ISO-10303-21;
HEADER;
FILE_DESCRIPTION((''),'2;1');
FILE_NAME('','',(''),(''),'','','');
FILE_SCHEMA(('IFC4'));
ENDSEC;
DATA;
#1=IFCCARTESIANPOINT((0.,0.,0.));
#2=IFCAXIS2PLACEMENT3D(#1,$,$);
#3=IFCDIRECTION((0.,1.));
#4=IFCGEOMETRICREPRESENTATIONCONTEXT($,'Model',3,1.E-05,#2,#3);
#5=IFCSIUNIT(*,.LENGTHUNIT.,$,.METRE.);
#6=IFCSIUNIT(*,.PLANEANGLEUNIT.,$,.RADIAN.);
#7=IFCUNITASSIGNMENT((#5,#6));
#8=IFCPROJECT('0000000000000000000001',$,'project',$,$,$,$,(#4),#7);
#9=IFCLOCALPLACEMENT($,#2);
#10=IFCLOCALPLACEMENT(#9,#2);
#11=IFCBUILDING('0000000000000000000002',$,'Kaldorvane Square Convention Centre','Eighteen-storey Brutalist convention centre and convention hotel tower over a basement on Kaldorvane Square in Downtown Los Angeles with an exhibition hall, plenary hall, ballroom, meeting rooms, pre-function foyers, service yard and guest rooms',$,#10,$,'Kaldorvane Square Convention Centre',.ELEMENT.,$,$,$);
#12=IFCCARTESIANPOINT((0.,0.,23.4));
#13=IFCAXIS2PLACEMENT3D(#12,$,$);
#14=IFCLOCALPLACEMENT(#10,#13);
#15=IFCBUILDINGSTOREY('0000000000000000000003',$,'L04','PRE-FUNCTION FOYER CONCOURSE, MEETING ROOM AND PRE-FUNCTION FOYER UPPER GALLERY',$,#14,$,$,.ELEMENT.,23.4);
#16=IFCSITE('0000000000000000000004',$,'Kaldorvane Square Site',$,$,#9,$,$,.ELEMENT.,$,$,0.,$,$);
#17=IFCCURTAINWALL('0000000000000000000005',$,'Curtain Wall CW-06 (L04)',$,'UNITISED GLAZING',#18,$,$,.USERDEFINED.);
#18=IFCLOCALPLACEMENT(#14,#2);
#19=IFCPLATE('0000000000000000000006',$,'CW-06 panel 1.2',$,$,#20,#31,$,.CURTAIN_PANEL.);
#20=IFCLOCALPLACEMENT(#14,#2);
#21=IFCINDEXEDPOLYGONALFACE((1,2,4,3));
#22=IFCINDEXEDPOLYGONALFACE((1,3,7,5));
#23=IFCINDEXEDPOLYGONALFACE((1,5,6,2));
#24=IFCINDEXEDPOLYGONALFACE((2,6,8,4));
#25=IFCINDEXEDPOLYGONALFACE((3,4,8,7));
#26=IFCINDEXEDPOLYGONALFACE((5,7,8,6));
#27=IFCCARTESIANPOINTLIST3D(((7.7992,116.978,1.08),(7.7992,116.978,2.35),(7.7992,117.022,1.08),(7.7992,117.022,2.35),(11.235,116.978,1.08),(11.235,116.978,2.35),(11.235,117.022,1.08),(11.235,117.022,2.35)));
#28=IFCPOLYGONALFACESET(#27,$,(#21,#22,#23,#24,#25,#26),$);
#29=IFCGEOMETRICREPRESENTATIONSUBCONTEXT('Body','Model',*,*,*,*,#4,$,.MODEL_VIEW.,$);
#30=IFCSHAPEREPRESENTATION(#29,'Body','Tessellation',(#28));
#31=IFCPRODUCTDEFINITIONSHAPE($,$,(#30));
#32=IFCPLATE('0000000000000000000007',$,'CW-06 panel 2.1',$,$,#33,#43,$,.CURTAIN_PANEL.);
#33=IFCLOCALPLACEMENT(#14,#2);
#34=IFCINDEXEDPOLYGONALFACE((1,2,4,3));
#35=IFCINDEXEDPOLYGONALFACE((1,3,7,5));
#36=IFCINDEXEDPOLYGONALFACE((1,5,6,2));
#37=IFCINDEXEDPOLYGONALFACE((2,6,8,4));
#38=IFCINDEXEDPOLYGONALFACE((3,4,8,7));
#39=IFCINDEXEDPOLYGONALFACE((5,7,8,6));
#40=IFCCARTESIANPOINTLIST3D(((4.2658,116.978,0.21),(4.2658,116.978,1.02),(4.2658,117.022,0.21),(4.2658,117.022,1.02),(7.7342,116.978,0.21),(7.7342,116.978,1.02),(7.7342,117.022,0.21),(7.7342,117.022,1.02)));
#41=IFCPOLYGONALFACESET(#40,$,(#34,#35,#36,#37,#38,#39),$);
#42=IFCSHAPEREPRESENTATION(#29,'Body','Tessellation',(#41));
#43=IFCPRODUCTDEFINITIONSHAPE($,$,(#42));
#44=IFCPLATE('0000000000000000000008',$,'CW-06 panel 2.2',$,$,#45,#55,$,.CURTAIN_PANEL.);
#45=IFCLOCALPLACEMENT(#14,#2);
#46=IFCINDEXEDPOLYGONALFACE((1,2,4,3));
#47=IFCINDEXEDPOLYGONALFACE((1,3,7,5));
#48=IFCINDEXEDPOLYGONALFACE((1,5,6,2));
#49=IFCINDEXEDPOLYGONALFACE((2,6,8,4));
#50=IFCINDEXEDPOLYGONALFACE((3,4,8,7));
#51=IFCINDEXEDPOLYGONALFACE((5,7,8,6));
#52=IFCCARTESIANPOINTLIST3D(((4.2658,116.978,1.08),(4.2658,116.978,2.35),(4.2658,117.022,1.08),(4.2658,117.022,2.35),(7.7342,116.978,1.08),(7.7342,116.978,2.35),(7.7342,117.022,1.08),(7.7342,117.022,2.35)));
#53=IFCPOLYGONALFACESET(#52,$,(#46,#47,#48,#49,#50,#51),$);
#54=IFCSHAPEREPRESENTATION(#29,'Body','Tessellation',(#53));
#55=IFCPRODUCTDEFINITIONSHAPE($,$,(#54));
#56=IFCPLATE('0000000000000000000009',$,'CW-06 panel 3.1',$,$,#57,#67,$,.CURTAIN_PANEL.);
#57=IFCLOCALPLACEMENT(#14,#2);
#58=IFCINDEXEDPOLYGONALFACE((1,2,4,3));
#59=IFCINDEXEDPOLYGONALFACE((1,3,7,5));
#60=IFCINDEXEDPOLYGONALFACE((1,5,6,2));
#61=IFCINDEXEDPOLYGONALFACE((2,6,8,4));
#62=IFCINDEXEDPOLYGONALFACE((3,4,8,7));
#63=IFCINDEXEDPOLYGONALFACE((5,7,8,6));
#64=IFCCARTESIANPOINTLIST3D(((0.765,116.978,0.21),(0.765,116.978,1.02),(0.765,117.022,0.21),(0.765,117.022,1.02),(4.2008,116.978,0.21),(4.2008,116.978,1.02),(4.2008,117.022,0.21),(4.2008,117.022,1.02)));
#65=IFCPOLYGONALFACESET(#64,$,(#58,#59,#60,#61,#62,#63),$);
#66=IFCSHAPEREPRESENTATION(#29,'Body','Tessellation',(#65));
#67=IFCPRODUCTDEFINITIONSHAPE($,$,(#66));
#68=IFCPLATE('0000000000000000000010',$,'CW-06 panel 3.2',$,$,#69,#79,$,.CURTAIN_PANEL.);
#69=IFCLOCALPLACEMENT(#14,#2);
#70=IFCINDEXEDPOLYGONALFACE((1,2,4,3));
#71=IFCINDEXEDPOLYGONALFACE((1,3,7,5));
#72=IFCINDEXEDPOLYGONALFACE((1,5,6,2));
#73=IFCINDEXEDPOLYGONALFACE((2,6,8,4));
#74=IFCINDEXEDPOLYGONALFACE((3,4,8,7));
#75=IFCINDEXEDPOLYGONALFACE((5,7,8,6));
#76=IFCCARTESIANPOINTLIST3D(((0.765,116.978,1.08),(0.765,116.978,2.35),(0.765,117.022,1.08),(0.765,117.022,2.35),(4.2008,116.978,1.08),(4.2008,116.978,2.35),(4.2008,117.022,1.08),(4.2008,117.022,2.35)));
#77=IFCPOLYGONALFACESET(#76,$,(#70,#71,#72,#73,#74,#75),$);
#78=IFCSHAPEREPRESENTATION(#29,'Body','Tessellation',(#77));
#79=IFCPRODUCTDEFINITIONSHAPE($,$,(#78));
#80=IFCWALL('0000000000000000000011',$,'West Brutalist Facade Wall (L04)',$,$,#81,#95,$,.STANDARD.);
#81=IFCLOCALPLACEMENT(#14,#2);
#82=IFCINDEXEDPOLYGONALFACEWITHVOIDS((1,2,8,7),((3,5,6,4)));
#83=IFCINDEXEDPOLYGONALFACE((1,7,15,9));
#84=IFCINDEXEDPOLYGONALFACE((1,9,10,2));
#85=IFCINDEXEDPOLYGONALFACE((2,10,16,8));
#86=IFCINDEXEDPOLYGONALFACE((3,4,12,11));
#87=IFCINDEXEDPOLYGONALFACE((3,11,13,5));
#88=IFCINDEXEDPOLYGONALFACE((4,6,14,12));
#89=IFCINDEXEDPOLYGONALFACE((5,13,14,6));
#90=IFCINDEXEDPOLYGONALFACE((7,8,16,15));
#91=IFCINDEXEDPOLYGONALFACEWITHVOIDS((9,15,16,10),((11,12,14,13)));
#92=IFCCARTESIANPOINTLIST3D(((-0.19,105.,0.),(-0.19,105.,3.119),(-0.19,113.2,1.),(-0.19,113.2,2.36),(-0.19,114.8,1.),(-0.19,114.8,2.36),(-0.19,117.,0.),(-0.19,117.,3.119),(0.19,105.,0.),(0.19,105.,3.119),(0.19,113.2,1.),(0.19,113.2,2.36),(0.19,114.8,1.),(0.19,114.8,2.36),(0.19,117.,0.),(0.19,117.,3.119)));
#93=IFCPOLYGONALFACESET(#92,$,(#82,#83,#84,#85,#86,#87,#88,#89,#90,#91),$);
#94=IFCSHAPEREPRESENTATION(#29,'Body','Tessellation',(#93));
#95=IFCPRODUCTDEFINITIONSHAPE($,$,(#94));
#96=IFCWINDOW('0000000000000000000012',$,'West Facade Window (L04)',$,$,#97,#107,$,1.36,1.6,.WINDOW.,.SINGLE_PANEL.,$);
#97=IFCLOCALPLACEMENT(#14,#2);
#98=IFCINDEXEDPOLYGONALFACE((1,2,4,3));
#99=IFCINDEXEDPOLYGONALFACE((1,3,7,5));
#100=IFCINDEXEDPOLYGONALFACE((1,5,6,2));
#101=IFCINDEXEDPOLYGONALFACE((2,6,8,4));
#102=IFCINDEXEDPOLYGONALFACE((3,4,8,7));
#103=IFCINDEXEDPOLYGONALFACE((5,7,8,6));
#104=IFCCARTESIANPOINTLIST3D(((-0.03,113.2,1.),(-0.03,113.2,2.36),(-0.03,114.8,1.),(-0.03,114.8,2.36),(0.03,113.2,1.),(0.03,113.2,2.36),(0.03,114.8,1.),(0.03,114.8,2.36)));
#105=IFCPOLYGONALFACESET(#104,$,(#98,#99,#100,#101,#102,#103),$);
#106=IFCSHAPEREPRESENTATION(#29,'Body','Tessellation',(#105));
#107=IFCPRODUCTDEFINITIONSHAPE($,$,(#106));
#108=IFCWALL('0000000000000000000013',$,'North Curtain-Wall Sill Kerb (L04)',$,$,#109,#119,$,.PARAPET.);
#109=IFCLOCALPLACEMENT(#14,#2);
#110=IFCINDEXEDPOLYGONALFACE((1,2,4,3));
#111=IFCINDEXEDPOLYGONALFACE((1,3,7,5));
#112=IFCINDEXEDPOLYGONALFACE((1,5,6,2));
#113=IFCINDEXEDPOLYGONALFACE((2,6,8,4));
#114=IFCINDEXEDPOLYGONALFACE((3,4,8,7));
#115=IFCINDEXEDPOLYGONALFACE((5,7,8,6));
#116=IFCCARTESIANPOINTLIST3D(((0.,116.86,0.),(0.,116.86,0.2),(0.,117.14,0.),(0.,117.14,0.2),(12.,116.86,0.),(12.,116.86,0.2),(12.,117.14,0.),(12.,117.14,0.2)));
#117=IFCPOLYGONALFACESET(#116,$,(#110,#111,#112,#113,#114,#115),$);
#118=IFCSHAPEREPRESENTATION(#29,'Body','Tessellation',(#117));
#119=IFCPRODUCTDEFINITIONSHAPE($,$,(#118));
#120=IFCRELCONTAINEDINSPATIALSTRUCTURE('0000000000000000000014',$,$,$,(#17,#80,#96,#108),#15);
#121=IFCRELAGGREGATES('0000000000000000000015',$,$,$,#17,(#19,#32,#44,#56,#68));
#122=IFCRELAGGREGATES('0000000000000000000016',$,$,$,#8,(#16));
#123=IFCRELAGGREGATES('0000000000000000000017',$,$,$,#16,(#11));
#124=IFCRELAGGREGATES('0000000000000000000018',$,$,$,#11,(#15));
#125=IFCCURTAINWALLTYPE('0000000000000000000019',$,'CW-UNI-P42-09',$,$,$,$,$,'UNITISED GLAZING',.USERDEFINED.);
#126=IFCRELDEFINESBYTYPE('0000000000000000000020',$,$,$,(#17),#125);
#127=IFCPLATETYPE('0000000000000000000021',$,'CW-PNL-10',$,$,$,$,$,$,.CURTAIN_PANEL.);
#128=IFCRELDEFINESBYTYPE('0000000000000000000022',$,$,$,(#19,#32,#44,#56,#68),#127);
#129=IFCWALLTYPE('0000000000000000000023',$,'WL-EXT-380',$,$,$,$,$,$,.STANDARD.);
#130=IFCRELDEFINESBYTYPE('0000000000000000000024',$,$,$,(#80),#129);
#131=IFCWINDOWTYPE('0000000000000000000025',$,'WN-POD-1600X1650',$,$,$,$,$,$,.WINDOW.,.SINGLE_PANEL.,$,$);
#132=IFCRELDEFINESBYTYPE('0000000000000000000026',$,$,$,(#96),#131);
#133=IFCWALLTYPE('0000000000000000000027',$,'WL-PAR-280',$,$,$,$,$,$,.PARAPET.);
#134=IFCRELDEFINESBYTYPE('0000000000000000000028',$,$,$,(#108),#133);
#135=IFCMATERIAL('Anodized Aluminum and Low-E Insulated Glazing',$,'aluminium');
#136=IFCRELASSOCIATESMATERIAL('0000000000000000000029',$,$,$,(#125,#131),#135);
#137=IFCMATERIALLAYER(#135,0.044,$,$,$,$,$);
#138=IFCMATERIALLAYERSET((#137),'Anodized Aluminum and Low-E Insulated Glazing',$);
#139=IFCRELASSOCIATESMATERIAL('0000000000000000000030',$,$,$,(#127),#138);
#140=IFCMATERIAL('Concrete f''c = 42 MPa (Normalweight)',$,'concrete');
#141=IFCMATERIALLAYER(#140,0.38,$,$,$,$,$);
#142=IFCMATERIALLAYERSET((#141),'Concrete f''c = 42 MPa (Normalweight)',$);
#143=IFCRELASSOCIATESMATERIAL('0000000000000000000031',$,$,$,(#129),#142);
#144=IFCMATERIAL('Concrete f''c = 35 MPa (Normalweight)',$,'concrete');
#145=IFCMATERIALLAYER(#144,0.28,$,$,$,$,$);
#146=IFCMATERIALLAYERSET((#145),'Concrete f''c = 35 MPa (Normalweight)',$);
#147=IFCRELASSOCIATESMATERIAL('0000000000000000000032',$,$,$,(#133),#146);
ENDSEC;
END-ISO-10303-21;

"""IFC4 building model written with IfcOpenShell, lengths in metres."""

from ifc_helpers import new_model, si_unit, direction, frame, frame_2d, origin, origin_2d, place, context, subcontext, project, spatial, rectangle, extrude, material, layer, layer_set, type_object, element, fill, aggregate, save


model = new_model("IFC4")

# Units and contexts
model_context = context("Model", 3, precision=1e-05, world=origin(), true_north=direction((0.0, 1.0)))
body_context = subcontext(model_context, "Body", "Model", "MODEL_VIEW")
ifc_project = project(units=[si_unit("LENGTHUNIT", "METRE"), si_unit("PLANEANGLEUNIT", "RADIAN")], contexts=[model_context])

# Site, building, storey
site_placement = place(None, origin())
site = spatial("IfcSite", under=ifc_project, at=site_placement, Name="Kaldorvane Square Site", CompositionType="ELEMENT", RefElevation=0.0)
building_placement = place(site_placement, origin())
building = spatial("IfcBuilding", under=site, at=building_placement, Name="Kaldorvane Square Convention Centre", Description="Eighteen-storey Brutalist convention centre and convention hotel tower over a basement on Kaldorvane Square in Downtown Los Angeles with an exhibition hall, plenary hall, ballroom, meeting rooms, pre-function foyers, service yard and guest rooms", LongName="Kaldorvane Square Convention Centre", CompositionType="ELEMENT")
storey_placement = place(building_placement, frame((0.0, 0.0, 23.4)))
storey = spatial("IfcBuildingStorey", under=building, at=storey_placement, Name="L04", Description="PRE-FUNCTION FOYER CONCOURSE, MEETING ROOM AND PRE-FUNCTION FOYER UPPER GALLERY", CompositionType="ELEMENT", Elevation=23.4)

# Shared definitions
ifc_material_1 = material(Name="Concrete f'c = 42 MPa (Normalweight)", Category="concrete")

# Curtain wall, plates
ifc_material_2 = material(Name="Anodized Aluminum and Low-E Insulated Glazing", Category="aluminium")
curtain_wall_type = type_object("IfcCurtainWallType", Name="CW-UNI-P42-09", ElementType="UNITISED GLAZING", PredefinedType="USERDEFINED", material=ifc_material_2)
curtain_wall_placement = place(storey_placement, origin())
curtain_wall = element("IfcCurtainWall", 1, at=curtain_wall_placement, inside=storey, type_object=curtain_wall_type, Name="Curtain Wall CW-06 (L04)", ObjectType="UNITISED GLAZING", PredefinedType="USERDEFINED")
ifc_layer_1 = layer(ifc_material_2, 0.044)
ifc_layer_set_1 = layer_set([ifc_layer_1], Name="Anodized Aluminum and Low-E Insulated Glazing")
plate_type = type_object("IfcPlateType", Name="CW-PNL-10", PredefinedType="CURTAIN_PANEL", material=ifc_layer_set_1)
plate_1_placement = place(storey_placement, frame((9.5171, 117.0, 1.08), z_axis=(0.0, 0.0, 1.0), x_axis=(-1.0, 0.0, 0.0)))
plate_1 = element("IfcPlate", 2, at=plate_1_placement, type_object=plate_type, Name="CW-06 panel 1.2", PredefinedType="CURTAIN_PANEL", context=body_context, shape_type="SweptSolid", body=[
    extrude(rectangle(XDim=3.4358, YDim=0.044, at=origin_2d()), origin(), (0.0, 0.0, 1.0), 1.27),
])
plate_2_placement = place(storey_placement, frame((6.0, 117.0, 0.21), z_axis=(0.0, 0.0, 1.0), x_axis=(-1.0, 0.0, 0.0)))
plate_2 = element("IfcPlate", 3, at=plate_2_placement, type_object=plate_type, Name="CW-06 panel 2.1", PredefinedType="CURTAIN_PANEL", context=body_context, shape_type="SweptSolid", body=[
    extrude(rectangle(XDim=3.4683, YDim=0.044, at=origin_2d()), origin(), (0.0, 0.0, 1.0), 0.81),
])
plate_3_placement = place(storey_placement, frame((6.0, 117.0, 1.08), z_axis=(0.0, 0.0, 1.0), x_axis=(-1.0, 0.0, 0.0)))
plate_3 = element("IfcPlate", 4, at=plate_3_placement, type_object=plate_type, Name="CW-06 panel 2.2", PredefinedType="CURTAIN_PANEL", context=body_context, shape_type="SweptSolid", body=[
    extrude(rectangle(XDim=3.4683, YDim=0.044, at=origin_2d()), origin(), (0.0, 0.0, 1.0), 1.27),
])
plate_4_placement = place(storey_placement, frame((2.4829, 117.0, 0.21), z_axis=(0.0, 0.0, 1.0), x_axis=(-1.0, 0.0, 0.0)))
plate_4 = element("IfcPlate", 5, at=plate_4_placement, type_object=plate_type, Name="CW-06 panel 3.1", PredefinedType="CURTAIN_PANEL", context=body_context, shape_type="SweptSolid", body=[
    extrude(rectangle(XDim=3.4358, YDim=0.044, at=origin_2d()), origin(), (0.0, 0.0, 1.0), 0.81),
])
plate_5_placement = place(storey_placement, frame((2.4829, 117.0, 1.08), z_axis=(0.0, 0.0, 1.0), x_axis=(-1.0, 0.0, 0.0)))
plate_5 = element("IfcPlate", 6, at=plate_5_placement, type_object=plate_type, Name="CW-06 panel 3.2", PredefinedType="CURTAIN_PANEL", context=body_context, shape_type="SweptSolid", body=[
    extrude(rectangle(XDim=3.4358, YDim=0.044, at=origin_2d()), origin(), (0.0, 0.0, 1.0), 1.27),
])
aggregate(curtain_wall, [plate_1, plate_2, plate_3, plate_4, plate_5])

# Wall, opening, window
ifc_layer_2 = layer(ifc_material_1, 0.38)
ifc_layer_set_2 = layer_set([ifc_layer_2], Name="Concrete f'c = 42 MPa (Normalweight)")
wall_type_1 = type_object("IfcWallType", Name="WL-EXT-380", PredefinedType="STANDARD", material=ifc_layer_set_2)
wall_1_placement = place(storey_placement, frame((0.0, 117.0, 0.0), z_axis=(0.0, 0.0, 1.0), x_axis=(0.0, -1.0, 0.0)))
wall_1 = element("IfcWall", 7, at=wall_1_placement, inside=storey, type_object=wall_type_1, Name="West Brutalist Facade Wall (L04)", PredefinedType="STANDARD", context=body_context, shape_type="SweptSolid", body=[
    extrude(rectangle(XDim=12.0, YDim=0.38, at=frame_2d((6.0, 0.0))), origin(), (0.0, 0.0, 1.0), 3.119),
])
opening_placement = place(wall_1_placement, frame((2.2, 0.0, 1.0)))
opening = element("IfcOpeningElement", 8, at=opening_placement, cuts=wall_1, PredefinedType="OPENING", context=body_context, shape_type="SweptSolid", body=[
    extrude(rectangle(XDim=1.6, YDim=1.36, at=frame_2d((0.8, 0.68))), frame((0.0, 0.205, 0.0), z_axis=(0.0, -1.0, 0.0), x_axis=(1.0, 0.0, 0.0)), (0.0, 0.0, 1.0), 0.41),
])
window_type = type_object("IfcWindowType", Name="WN-POD-1600X1650", PartitioningType="SINGLE_PANEL", PredefinedType="WINDOW", material=ifc_material_2)
window_placement = place(opening_placement, origin())
window = element("IfcWindow", 9, at=window_placement, inside=storey, type_object=window_type, Name="West Facade Window (L04)", OverallHeight=1.36, OverallWidth=1.6, PartitioningType="SINGLE_PANEL", PredefinedType="WINDOW", context=body_context, shape_type="SweptSolid", body=[
    extrude(rectangle(XDim=1.6, YDim=1.36, at=frame_2d((0.8, 0.68))), frame((0.0, 0.03, 0.0), z_axis=(0.0, -1.0, 0.0), x_axis=(1.0, 0.0, 0.0)), (0.0, 0.0, 1.0), 0.06),
])
fill(opening, window)

# Wall
ifc_material_3 = material(Name="Concrete f'c = 35 MPa (Normalweight)", Category="concrete")
ifc_layer_3 = layer(ifc_material_3, 0.28)
ifc_layer_set_3 = layer_set([ifc_layer_3], Name="Concrete f'c = 35 MPa (Normalweight)")
wall_type_2 = type_object("IfcWallType", Name="WL-PAR-280", PredefinedType="PARAPET", material=ifc_layer_set_3)
wall_2_placement = place(storey_placement, frame((12.0, 117.0, 0.0), z_axis=(0.0, 0.0, 1.0), x_axis=(-1.0, 0.0, 0.0)))
element("IfcWall", 10, at=wall_2_placement, inside=storey, type_object=wall_type_2, Name="North Curtain-Wall Sill Kerb (L04)", PredefinedType="PARAPET", context=body_context, shape_type="SweptSolid", body=[
    extrude(rectangle(XDim=12.0, YDim=0.28, at=frame_2d((6.0, 0.0))), origin(), (0.0, 0.0, 1.0), 0.2),
])

save(model, "model.ifc")
